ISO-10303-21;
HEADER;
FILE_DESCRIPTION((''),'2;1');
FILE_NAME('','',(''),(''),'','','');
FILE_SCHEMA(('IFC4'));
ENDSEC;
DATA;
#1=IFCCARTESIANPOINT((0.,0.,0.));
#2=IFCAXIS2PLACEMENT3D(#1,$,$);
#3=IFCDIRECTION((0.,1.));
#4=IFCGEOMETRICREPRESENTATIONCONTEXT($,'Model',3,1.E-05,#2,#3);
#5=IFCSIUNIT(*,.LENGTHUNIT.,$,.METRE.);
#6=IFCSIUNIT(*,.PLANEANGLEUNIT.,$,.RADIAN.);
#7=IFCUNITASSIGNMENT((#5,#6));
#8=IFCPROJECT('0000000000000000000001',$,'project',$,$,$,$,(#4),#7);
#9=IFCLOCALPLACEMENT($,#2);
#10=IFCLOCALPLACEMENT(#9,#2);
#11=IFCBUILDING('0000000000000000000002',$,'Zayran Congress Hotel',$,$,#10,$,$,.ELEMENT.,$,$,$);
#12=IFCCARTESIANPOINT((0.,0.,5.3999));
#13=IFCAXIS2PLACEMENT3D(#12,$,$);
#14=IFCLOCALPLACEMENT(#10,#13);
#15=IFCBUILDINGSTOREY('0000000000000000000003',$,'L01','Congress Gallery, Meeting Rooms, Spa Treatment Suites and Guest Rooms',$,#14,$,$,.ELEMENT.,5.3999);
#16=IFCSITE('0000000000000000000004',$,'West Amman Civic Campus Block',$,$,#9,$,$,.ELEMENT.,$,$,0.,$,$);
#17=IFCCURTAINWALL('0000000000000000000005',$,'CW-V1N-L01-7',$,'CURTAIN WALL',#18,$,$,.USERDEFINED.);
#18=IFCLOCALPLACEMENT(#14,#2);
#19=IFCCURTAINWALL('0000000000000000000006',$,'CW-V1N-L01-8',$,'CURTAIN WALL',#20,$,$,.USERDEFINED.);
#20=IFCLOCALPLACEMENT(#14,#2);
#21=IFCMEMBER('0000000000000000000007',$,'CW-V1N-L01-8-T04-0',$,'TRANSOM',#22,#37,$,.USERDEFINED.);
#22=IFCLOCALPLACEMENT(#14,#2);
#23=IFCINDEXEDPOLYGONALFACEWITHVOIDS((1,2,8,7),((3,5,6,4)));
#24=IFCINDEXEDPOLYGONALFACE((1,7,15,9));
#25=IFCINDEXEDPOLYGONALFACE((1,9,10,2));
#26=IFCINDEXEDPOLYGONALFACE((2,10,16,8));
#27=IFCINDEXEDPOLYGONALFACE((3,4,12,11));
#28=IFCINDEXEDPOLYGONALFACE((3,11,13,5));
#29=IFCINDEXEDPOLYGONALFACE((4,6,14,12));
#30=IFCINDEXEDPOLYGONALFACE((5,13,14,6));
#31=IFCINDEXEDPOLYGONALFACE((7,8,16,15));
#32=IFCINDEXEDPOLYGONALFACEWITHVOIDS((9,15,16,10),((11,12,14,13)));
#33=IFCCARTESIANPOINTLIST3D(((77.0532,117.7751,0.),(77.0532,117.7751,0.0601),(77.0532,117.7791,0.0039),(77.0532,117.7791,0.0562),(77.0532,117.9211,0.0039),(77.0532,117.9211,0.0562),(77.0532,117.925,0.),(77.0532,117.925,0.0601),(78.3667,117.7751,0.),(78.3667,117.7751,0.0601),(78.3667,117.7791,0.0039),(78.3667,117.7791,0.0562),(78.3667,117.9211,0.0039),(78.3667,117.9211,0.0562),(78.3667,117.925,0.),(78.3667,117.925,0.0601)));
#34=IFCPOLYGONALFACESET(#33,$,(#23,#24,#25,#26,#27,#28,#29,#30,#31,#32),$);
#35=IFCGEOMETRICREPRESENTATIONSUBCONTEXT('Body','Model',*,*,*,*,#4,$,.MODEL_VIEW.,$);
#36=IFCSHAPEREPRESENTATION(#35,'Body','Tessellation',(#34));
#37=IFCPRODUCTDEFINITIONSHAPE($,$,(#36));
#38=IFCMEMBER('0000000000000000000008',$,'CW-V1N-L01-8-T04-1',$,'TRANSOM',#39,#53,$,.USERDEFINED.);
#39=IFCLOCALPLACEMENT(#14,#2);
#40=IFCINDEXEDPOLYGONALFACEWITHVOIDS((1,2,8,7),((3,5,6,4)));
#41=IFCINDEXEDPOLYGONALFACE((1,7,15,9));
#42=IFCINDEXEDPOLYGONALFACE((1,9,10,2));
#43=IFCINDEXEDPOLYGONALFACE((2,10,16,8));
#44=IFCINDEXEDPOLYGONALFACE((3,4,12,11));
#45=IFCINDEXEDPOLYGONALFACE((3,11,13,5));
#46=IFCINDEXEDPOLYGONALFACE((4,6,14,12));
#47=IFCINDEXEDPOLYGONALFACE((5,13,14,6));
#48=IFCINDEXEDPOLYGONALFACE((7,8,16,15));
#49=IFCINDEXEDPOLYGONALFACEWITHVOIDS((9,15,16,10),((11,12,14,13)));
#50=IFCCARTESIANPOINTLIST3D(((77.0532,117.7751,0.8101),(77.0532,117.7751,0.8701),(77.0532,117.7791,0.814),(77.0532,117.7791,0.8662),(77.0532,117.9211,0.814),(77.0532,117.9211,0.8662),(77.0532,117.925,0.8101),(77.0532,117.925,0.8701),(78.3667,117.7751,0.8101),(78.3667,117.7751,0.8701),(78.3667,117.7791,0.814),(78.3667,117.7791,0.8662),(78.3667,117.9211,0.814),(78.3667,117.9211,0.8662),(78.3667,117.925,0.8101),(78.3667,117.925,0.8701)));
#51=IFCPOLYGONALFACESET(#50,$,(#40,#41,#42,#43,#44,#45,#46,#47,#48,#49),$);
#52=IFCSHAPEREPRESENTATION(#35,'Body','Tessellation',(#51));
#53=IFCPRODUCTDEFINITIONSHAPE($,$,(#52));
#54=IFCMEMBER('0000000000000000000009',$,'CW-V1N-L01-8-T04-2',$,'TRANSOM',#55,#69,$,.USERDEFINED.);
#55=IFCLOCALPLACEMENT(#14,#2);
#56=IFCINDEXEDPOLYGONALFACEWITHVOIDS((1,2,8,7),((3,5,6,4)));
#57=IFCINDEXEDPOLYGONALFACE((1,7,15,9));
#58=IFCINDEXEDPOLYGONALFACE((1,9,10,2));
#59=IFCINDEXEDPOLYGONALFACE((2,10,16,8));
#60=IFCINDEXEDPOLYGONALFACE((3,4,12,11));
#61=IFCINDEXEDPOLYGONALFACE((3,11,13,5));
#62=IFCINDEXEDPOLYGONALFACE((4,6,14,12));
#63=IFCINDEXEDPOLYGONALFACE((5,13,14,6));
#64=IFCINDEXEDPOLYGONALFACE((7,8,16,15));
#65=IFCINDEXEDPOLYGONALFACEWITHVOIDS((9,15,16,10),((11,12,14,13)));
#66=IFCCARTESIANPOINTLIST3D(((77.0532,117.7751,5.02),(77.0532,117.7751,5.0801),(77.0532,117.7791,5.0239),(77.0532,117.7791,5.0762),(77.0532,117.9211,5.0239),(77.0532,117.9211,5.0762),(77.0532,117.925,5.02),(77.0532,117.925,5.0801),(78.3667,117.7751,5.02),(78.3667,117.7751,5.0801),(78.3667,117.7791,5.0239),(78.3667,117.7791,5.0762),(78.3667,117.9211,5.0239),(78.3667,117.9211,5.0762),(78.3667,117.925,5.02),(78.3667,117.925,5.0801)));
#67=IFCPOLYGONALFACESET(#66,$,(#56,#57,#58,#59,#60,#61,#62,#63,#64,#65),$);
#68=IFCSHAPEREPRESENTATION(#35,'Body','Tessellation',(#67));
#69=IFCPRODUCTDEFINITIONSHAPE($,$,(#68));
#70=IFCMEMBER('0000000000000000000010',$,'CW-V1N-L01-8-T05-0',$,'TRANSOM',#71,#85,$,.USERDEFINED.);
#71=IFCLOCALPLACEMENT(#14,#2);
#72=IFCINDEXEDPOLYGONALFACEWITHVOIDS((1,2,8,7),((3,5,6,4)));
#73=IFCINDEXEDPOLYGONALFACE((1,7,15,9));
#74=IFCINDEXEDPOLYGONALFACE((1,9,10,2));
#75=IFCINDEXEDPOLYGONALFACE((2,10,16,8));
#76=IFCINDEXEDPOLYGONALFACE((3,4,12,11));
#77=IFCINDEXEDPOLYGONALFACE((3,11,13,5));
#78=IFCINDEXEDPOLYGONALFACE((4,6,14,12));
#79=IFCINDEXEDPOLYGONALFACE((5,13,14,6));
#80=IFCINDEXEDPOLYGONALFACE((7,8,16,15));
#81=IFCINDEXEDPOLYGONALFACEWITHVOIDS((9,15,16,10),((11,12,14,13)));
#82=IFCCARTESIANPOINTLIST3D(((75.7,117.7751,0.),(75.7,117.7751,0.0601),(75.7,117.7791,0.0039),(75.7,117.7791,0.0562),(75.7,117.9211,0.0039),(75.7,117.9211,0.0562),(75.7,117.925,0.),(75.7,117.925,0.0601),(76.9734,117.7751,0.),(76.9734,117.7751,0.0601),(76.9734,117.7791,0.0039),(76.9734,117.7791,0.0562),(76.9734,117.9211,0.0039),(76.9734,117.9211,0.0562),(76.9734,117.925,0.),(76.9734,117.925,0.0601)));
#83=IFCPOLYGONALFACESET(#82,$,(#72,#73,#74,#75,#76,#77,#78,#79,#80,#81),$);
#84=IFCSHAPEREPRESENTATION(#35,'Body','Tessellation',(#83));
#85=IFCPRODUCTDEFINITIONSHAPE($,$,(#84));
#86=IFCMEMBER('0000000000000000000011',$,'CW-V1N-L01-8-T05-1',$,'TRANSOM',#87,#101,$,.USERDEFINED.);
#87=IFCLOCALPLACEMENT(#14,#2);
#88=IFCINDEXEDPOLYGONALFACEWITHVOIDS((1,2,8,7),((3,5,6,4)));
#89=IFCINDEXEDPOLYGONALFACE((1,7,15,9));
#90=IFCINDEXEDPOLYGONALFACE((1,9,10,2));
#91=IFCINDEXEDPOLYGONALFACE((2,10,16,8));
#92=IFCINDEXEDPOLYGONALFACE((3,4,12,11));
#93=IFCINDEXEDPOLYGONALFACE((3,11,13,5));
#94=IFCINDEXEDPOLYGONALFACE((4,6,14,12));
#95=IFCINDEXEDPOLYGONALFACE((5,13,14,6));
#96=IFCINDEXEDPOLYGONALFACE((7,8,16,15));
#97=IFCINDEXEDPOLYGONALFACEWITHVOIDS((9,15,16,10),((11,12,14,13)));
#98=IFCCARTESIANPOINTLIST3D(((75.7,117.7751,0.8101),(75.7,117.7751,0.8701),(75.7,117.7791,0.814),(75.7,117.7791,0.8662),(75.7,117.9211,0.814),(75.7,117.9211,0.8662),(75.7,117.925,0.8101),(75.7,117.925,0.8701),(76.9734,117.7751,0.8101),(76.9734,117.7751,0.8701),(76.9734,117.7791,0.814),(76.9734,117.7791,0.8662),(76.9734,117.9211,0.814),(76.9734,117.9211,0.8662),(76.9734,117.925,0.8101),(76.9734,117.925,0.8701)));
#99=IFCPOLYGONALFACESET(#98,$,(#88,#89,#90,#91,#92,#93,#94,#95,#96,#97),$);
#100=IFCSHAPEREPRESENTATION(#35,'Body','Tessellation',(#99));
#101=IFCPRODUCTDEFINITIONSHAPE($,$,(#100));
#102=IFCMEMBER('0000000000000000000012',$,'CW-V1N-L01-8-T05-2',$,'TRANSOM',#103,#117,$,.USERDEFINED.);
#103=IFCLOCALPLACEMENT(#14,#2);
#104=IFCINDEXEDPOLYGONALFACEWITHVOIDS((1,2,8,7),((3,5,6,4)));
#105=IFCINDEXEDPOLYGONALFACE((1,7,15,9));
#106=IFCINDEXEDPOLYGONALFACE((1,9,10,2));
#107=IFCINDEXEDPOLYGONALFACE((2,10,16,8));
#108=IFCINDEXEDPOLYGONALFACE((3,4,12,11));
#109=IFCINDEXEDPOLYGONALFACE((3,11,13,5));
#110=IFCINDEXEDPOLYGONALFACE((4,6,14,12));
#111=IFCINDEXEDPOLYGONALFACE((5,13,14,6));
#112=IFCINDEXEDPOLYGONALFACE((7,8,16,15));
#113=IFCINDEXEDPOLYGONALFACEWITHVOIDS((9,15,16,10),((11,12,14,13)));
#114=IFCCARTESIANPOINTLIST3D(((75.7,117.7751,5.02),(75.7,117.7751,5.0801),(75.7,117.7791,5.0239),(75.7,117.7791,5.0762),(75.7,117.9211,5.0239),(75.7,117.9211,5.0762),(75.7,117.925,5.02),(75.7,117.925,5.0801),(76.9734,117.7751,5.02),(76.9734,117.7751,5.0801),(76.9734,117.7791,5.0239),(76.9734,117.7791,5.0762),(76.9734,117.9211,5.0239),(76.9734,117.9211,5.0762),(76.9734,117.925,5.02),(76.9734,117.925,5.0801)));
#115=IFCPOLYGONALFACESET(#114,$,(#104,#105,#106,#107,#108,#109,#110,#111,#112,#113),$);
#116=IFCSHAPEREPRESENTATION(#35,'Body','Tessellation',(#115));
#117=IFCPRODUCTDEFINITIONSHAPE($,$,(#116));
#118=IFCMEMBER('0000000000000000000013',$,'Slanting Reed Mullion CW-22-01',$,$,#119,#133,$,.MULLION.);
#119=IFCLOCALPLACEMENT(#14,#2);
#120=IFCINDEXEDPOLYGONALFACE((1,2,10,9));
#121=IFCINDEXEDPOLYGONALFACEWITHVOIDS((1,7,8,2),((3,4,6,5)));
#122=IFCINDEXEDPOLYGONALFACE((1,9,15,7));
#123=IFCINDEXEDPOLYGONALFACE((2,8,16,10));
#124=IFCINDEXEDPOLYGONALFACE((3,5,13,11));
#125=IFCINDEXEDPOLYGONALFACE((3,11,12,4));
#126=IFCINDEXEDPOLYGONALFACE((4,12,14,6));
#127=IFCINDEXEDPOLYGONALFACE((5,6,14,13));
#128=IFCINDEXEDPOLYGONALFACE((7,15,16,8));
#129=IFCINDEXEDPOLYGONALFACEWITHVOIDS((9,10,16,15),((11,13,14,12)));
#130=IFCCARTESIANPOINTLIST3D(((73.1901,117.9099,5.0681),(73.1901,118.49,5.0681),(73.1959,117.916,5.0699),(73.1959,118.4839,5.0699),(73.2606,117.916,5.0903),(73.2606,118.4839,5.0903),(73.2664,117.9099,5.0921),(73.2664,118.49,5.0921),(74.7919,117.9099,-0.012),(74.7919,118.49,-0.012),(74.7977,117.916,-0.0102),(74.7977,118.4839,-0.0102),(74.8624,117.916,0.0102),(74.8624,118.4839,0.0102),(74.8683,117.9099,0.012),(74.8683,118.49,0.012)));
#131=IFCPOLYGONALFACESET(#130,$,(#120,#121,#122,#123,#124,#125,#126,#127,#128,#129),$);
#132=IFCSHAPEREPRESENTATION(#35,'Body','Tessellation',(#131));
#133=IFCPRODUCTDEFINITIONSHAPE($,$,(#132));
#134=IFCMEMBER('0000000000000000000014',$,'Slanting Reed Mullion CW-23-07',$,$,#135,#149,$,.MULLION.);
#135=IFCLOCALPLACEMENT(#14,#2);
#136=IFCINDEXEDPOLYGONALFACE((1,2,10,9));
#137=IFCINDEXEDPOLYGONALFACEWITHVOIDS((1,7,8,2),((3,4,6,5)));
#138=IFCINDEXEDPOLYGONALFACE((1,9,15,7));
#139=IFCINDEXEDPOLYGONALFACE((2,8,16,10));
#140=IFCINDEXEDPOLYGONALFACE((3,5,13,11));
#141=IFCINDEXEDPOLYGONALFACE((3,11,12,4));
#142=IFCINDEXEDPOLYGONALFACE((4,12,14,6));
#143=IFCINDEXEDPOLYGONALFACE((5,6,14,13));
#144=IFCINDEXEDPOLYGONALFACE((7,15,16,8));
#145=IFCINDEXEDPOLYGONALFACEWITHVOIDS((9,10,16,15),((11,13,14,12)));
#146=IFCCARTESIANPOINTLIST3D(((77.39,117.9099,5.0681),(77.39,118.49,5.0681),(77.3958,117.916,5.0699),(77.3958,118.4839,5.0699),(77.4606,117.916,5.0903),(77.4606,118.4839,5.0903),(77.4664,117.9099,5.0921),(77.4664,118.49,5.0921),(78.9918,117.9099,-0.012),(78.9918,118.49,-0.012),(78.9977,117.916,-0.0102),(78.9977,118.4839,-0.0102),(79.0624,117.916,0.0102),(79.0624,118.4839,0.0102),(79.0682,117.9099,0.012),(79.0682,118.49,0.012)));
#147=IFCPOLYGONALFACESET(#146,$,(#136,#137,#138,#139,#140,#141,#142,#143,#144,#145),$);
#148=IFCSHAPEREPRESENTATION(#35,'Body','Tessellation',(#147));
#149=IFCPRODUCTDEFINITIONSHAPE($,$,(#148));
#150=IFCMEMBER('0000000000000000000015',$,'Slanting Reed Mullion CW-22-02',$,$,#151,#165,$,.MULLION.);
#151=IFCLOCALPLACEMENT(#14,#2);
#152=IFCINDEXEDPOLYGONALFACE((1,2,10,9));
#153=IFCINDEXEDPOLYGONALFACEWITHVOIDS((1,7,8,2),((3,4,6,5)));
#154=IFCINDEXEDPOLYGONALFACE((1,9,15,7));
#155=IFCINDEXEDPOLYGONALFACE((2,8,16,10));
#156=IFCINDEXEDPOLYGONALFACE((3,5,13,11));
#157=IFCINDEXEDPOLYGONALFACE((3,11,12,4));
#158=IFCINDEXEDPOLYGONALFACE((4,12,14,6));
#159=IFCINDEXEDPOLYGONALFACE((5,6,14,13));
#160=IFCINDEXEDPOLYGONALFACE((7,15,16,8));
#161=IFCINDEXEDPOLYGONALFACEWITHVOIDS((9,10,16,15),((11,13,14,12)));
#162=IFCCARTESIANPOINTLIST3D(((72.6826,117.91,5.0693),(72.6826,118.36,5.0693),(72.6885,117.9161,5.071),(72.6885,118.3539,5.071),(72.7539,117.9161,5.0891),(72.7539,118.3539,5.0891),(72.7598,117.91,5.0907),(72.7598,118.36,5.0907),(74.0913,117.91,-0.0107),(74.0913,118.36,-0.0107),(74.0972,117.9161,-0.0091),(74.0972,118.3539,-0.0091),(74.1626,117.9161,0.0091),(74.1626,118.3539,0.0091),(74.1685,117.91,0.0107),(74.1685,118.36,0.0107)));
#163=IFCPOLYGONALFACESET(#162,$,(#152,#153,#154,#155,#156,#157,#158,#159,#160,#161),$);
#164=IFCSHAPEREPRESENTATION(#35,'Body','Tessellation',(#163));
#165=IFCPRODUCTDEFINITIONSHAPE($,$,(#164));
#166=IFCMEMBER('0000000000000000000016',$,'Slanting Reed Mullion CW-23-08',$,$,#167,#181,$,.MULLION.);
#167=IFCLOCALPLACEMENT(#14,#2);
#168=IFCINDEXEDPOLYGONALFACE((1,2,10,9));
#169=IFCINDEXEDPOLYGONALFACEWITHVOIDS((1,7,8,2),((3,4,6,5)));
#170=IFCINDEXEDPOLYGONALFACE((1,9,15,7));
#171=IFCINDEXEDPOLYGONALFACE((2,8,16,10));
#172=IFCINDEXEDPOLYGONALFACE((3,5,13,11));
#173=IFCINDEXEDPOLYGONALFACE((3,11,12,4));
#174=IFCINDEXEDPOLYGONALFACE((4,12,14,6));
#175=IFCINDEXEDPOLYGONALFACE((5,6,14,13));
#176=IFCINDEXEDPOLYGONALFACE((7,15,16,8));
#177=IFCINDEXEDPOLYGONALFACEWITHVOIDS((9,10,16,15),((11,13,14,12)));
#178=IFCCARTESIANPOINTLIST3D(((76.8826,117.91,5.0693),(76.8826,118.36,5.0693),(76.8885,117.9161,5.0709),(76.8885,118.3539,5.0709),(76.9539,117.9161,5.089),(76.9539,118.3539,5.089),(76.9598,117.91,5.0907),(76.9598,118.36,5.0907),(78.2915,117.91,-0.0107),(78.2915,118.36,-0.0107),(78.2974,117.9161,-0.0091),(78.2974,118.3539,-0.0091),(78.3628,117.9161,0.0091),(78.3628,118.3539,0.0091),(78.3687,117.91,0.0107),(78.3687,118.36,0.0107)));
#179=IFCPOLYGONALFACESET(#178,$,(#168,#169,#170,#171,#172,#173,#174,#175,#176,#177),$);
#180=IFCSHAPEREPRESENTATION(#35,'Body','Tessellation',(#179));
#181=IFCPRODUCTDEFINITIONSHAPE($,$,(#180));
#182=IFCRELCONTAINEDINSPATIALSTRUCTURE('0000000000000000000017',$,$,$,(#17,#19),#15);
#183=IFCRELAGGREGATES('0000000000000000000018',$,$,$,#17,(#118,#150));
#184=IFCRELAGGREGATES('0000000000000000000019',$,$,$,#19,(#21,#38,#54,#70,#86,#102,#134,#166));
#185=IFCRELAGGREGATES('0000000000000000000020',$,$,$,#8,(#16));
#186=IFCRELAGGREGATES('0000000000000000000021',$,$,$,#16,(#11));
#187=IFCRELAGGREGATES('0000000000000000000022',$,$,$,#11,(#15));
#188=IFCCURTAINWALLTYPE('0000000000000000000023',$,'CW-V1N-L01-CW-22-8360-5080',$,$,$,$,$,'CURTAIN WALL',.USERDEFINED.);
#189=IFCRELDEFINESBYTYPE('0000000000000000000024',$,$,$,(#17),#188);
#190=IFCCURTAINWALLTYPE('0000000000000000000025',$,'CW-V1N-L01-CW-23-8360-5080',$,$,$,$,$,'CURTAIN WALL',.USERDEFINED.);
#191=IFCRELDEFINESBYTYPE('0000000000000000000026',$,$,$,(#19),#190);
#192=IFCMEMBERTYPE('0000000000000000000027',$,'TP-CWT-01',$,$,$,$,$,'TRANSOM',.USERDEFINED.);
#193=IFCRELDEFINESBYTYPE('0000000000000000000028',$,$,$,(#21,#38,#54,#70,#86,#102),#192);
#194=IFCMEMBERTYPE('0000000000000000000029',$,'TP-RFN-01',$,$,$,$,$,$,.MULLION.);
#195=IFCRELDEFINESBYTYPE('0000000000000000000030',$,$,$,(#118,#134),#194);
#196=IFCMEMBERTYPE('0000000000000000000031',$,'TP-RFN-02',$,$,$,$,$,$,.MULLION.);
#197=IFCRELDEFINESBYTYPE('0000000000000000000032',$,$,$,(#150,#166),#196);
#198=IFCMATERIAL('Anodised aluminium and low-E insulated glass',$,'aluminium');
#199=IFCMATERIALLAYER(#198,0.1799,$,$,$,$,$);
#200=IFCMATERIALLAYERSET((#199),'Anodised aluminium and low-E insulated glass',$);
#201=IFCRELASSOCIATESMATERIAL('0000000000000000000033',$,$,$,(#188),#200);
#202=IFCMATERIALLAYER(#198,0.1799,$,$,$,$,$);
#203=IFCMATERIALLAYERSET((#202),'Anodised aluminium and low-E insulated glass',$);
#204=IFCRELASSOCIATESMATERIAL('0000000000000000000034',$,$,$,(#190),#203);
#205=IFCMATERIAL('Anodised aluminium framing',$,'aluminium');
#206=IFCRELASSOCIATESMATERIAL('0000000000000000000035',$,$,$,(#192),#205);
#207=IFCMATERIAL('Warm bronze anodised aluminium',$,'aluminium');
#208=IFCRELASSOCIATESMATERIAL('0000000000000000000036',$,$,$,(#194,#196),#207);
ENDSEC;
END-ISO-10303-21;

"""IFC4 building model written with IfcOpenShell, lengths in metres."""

from ifc_helpers import new_model, si_unit, direction, frame, origin, origin_2d, place, context, subcontext, project, spatial, hollow_rectangle, extrude, material, layer, layer_set, material_profile, profile_set, type_object, element, aggregate, save


model = new_model("IFC4")

# Units and contexts
model_context = context("Model", 3, precision=1e-05, world=origin(), true_north=direction((0.0, 1.0)))
body_context = subcontext(model_context, "Body", "Model", "MODEL_VIEW")
ifc_project = project(units=[si_unit("LENGTHUNIT", "METRE"), si_unit("PLANEANGLEUNIT", "RADIAN")], contexts=[model_context])

# Site, building, storey
site_placement = place(None, origin())
site = spatial("IfcSite", under=ifc_project, at=site_placement, Name="West Amman Civic Campus Block", CompositionType="ELEMENT", RefElevation=0.0)
building_placement = place(site_placement, origin())
building = spatial("IfcBuilding", under=site, at=building_placement, Name="Zayran Congress Hotel", CompositionType="ELEMENT")
storey_placement = place(building_placement, frame((0.0, 0.0, 5.3999)))
storey = spatial("IfcBuildingStorey", under=building, at=storey_placement, Name="L01", Description="Congress Gallery, Meeting Rooms, Spa Treatment Suites and Guest Rooms", CompositionType="ELEMENT", Elevation=5.3999)

# Curtain walls
ifc_material_1 = material(Name="Anodised aluminium and low-E insulated glass", Category="aluminium")
ifc_layer_1 = layer(ifc_material_1, 0.1799)
ifc_layer_set_1 = layer_set([ifc_layer_1], Name="Anodised aluminium and low-E insulated glass")
curtain_wall_type_1 = type_object("IfcCurtainWallType", Name="CW-V1N-L01-CW-22-8360-5080", ElementType="CURTAIN WALL", PredefinedType="USERDEFINED", material=ifc_layer_set_1)
curtain_wall_1_placement = place(storey_placement, origin())
curtain_wall_1 = element("IfcCurtainWall", 1, at=curtain_wall_1_placement, inside=storey, type_object=curtain_wall_type_1, Name="CW-V1N-L01-7", ObjectType="CURTAIN WALL", PredefinedType="USERDEFINED")
ifc_material_2 = material(Name="Anodised aluminium framing", Category="aluminium")
ifc_layer_2 = layer(ifc_material_1, 0.1799)
ifc_layer_set_2 = layer_set([ifc_layer_2], Name="Anodised aluminium and low-E insulated glass")
curtain_wall_type_2 = type_object("IfcCurtainWallType", Name="CW-V1N-L01-CW-23-8360-5080", ElementType="CURTAIN WALL", PredefinedType="USERDEFINED", material=ifc_layer_set_2)
curtain_wall_2_placement = place(storey_placement, origin())
curtain_wall_2 = element("IfcCurtainWall", 2, at=curtain_wall_2_placement, inside=storey, type_object=curtain_wall_type_2, Name="CW-V1N-L01-8", ObjectType="CURTAIN WALL", PredefinedType="USERDEFINED")

# Members
ifc_material_profile_1 = material_profile(ifc_material_2, hollow_rectangle(XDim=0.0601, YDim=0.1499, WallThickness=0.0039, at=origin_2d()), Name="RHS 150x60x4")
ifc_profile_set_1 = profile_set([ifc_material_profile_1], Name="Anodised aluminium framing")
member_type_1 = type_object("IfcMemberType", Name="TP-CWT-01", ElementType="TRANSOM", PredefinedType="USERDEFINED", material=ifc_profile_set_1)
member_1_placement = place(storey_placement, frame((78.3667, 117.8501, 0.03), z_axis=(-1.0, 0.0, 0.0), x_axis=(0.0, 0.0, 1.0)))
member_1 = element("IfcMember", 3, at=member_1_placement, type_object=member_type_1, Name="CW-V1N-L01-8-T04-0", ObjectType="TRANSOM", PredefinedType="USERDEFINED", context=body_context, shape_type="SweptSolid", body=[
    extrude(hollow_rectangle(XDim=0.0601, YDim=0.1499, WallThickness=0.0039, at=origin_2d()), origin(), (0.0, 0.0, 1.0), 1.3135),
])
member_2_placement = place(storey_placement, frame((78.3667, 117.8501, 0.8401), z_axis=(-1.0, 0.0, 0.0), x_axis=(0.0, 0.0, 1.0)))
member_2 = element("IfcMember", 4, at=member_2_placement, type_object=member_type_1, Name="CW-V1N-L01-8-T04-1", ObjectType="TRANSOM", PredefinedType="USERDEFINED", context=body_context, shape_type="SweptSolid", body=[
    extrude(hollow_rectangle(XDim=0.0601, YDim=0.1499, WallThickness=0.0039, at=origin_2d()), origin(), (0.0, 0.0, 1.0), 1.3135),
])
member_3_placement = place(storey_placement, frame((78.3667, 117.8501, 5.05), z_axis=(-1.0, 0.0, 0.0), x_axis=(0.0, 0.0, 1.0)))
member_3 = element("IfcMember", 5, at=member_3_placement, type_object=member_type_1, Name="CW-V1N-L01-8-T04-2", ObjectType="TRANSOM", PredefinedType="USERDEFINED", context=body_context, shape_type="SweptSolid", body=[
    extrude(hollow_rectangle(XDim=0.0601, YDim=0.1499, WallThickness=0.0039, at=origin_2d()), origin(), (0.0, 0.0, 1.0), 1.3135),
])
member_4_placement = place(storey_placement, frame((76.9734, 117.8501, 0.03), z_axis=(-1.0, 0.0, 0.0), x_axis=(0.0, 0.0, 1.0)))
member_4 = element("IfcMember", 6, at=member_4_placement, type_object=member_type_1, Name="CW-V1N-L01-8-T05-0", ObjectType="TRANSOM", PredefinedType="USERDEFINED", context=body_context, shape_type="SweptSolid", body=[
    extrude(hollow_rectangle(XDim=0.0601, YDim=0.1499, WallThickness=0.0039, at=origin_2d()), origin(), (0.0, 0.0, 1.0), 1.2734),
])
member_5_placement = place(storey_placement, frame((76.9734, 117.8501, 0.8401), z_axis=(-1.0, 0.0, 0.0), x_axis=(0.0, 0.0, 1.0)))
member_5 = element("IfcMember", 7, at=member_5_placement, type_object=member_type_1, Name="CW-V1N-L01-8-T05-1", ObjectType="TRANSOM", PredefinedType="USERDEFINED", context=body_context, shape_type="SweptSolid", body=[
    extrude(hollow_rectangle(XDim=0.0601, YDim=0.1499, WallThickness=0.0039, at=origin_2d()), origin(), (0.0, 0.0, 1.0), 1.2734),
])
member_6_placement = place(storey_placement, frame((76.9734, 117.8501, 5.05), z_axis=(-1.0, 0.0, 0.0), x_axis=(0.0, 0.0, 1.0)))
member_6 = element("IfcMember", 8, at=member_6_placement, type_object=member_type_1, Name="CW-V1N-L01-8-T05-2", ObjectType="TRANSOM", PredefinedType="USERDEFINED", context=body_context, shape_type="SweptSolid", body=[
    extrude(hollow_rectangle(XDim=0.0601, YDim=0.1499, WallThickness=0.0039, at=origin_2d()), origin(), (0.0, 0.0, 1.0), 1.2734),
])
ifc_material_3 = material(Name="Warm bronze anodised aluminium", Category="aluminium")
ifc_material_profile_2 = material_profile(ifc_material_3, hollow_rectangle(XDim=0.0801, YDim=0.5801, WallThickness=0.0061, at=origin_2d()), Name="RHS 580x80x6")
ifc_profile_set_2 = profile_set([ifc_material_profile_2], Name="Warm bronze anodised aluminium")
member_type_2 = type_object("IfcMemberType", Name="TP-RFN-01", PredefinedType="MULLION", material=ifc_profile_set_2)
member_7_placement = place(storey_placement, frame((74.8301, 118.2, 0.0), z_axis=(-0.300717, 0.0, 0.953713), x_axis=(0.953713, 0.0, 0.300717)))
member_7 = element("IfcMember", 9, at=member_7_placement, type_object=member_type_2, Name="Slanting Reed Mullion CW-22-01", PredefinedType="MULLION", context=body_context, shape_type="SweptSolid", body=[
    extrude(hollow_rectangle(XDim=0.0801, YDim=0.5801, WallThickness=0.0061, at=origin_2d()), origin(), (0.0, 0.0, 1.0), 5.3267),
])
member_8_placement = place(storey_placement, frame((79.03, 118.2, 0.0), z_axis=(-0.300717, 0.0, 0.953713), x_axis=(0.953713, 0.0, 0.300717)))
member_8 = element("IfcMember", 10, at=member_8_placement, type_object=member_type_2, Name="Slanting Reed Mullion CW-23-07", PredefinedType="MULLION", context=body_context, shape_type="SweptSolid", body=[
    extrude(hollow_rectangle(XDim=0.0801, YDim=0.5801, WallThickness=0.0061, at=origin_2d()), origin(), (0.0, 0.0, 1.0), 5.3267),
])
ifc_material_profile_3 = material_profile(ifc_material_3, hollow_rectangle(XDim=0.0801, YDim=0.45, WallThickness=0.0061, at=origin_2d()), Name="RHS 450x80x6")
ifc_profile_set_3 = profile_set([ifc_material_profile_3], Name="Warm bronze anodised aluminium")
member_type_3 = type_object("IfcMemberType", Name="TP-RFN-02", PredefinedType="MULLION", material=ifc_profile_set_3)
member_9_placement = place(storey_placement, frame((74.1299, 118.135, 0.0), z_axis=(-0.267214, 0.0, 0.963637), x_axis=(0.963637, 0.0, 0.267214)))
member_9 = element("IfcMember", 11, at=member_9_placement, type_object=member_type_3, Name="Slanting Reed Mullion CW-22-02", PredefinedType="MULLION", context=body_context, shape_type="SweptSolid", body=[
    extrude(hollow_rectangle(XDim=0.0801, YDim=0.45, WallThickness=0.0061, at=origin_2d()), origin(), (0.0, 0.0, 1.0), 5.2717),
])
member_10_placement = place(storey_placement, frame((78.3301, 118.135, 0.0), z_axis=(-0.267257, 0.0, 0.963625), x_axis=(0.963625, 0.0, 0.267257)))
member_10 = element("IfcMember", 12, at=member_10_placement, type_object=member_type_3, Name="Slanting Reed Mullion CW-23-08", PredefinedType="MULLION", context=body_context, shape_type="SweptSolid", body=[
    extrude(hollow_rectangle(XDim=0.0801, YDim=0.45, WallThickness=0.0061, at=origin_2d()), origin(), (0.0, 0.0, 1.0), 5.2717),
])

aggregate(curtain_wall_1, [member_7, member_9])
aggregate(curtain_wall_2, [member_1, member_2, member_3, member_4, member_5, member_6, member_8, member_10])

save(model, "model.ifc")
